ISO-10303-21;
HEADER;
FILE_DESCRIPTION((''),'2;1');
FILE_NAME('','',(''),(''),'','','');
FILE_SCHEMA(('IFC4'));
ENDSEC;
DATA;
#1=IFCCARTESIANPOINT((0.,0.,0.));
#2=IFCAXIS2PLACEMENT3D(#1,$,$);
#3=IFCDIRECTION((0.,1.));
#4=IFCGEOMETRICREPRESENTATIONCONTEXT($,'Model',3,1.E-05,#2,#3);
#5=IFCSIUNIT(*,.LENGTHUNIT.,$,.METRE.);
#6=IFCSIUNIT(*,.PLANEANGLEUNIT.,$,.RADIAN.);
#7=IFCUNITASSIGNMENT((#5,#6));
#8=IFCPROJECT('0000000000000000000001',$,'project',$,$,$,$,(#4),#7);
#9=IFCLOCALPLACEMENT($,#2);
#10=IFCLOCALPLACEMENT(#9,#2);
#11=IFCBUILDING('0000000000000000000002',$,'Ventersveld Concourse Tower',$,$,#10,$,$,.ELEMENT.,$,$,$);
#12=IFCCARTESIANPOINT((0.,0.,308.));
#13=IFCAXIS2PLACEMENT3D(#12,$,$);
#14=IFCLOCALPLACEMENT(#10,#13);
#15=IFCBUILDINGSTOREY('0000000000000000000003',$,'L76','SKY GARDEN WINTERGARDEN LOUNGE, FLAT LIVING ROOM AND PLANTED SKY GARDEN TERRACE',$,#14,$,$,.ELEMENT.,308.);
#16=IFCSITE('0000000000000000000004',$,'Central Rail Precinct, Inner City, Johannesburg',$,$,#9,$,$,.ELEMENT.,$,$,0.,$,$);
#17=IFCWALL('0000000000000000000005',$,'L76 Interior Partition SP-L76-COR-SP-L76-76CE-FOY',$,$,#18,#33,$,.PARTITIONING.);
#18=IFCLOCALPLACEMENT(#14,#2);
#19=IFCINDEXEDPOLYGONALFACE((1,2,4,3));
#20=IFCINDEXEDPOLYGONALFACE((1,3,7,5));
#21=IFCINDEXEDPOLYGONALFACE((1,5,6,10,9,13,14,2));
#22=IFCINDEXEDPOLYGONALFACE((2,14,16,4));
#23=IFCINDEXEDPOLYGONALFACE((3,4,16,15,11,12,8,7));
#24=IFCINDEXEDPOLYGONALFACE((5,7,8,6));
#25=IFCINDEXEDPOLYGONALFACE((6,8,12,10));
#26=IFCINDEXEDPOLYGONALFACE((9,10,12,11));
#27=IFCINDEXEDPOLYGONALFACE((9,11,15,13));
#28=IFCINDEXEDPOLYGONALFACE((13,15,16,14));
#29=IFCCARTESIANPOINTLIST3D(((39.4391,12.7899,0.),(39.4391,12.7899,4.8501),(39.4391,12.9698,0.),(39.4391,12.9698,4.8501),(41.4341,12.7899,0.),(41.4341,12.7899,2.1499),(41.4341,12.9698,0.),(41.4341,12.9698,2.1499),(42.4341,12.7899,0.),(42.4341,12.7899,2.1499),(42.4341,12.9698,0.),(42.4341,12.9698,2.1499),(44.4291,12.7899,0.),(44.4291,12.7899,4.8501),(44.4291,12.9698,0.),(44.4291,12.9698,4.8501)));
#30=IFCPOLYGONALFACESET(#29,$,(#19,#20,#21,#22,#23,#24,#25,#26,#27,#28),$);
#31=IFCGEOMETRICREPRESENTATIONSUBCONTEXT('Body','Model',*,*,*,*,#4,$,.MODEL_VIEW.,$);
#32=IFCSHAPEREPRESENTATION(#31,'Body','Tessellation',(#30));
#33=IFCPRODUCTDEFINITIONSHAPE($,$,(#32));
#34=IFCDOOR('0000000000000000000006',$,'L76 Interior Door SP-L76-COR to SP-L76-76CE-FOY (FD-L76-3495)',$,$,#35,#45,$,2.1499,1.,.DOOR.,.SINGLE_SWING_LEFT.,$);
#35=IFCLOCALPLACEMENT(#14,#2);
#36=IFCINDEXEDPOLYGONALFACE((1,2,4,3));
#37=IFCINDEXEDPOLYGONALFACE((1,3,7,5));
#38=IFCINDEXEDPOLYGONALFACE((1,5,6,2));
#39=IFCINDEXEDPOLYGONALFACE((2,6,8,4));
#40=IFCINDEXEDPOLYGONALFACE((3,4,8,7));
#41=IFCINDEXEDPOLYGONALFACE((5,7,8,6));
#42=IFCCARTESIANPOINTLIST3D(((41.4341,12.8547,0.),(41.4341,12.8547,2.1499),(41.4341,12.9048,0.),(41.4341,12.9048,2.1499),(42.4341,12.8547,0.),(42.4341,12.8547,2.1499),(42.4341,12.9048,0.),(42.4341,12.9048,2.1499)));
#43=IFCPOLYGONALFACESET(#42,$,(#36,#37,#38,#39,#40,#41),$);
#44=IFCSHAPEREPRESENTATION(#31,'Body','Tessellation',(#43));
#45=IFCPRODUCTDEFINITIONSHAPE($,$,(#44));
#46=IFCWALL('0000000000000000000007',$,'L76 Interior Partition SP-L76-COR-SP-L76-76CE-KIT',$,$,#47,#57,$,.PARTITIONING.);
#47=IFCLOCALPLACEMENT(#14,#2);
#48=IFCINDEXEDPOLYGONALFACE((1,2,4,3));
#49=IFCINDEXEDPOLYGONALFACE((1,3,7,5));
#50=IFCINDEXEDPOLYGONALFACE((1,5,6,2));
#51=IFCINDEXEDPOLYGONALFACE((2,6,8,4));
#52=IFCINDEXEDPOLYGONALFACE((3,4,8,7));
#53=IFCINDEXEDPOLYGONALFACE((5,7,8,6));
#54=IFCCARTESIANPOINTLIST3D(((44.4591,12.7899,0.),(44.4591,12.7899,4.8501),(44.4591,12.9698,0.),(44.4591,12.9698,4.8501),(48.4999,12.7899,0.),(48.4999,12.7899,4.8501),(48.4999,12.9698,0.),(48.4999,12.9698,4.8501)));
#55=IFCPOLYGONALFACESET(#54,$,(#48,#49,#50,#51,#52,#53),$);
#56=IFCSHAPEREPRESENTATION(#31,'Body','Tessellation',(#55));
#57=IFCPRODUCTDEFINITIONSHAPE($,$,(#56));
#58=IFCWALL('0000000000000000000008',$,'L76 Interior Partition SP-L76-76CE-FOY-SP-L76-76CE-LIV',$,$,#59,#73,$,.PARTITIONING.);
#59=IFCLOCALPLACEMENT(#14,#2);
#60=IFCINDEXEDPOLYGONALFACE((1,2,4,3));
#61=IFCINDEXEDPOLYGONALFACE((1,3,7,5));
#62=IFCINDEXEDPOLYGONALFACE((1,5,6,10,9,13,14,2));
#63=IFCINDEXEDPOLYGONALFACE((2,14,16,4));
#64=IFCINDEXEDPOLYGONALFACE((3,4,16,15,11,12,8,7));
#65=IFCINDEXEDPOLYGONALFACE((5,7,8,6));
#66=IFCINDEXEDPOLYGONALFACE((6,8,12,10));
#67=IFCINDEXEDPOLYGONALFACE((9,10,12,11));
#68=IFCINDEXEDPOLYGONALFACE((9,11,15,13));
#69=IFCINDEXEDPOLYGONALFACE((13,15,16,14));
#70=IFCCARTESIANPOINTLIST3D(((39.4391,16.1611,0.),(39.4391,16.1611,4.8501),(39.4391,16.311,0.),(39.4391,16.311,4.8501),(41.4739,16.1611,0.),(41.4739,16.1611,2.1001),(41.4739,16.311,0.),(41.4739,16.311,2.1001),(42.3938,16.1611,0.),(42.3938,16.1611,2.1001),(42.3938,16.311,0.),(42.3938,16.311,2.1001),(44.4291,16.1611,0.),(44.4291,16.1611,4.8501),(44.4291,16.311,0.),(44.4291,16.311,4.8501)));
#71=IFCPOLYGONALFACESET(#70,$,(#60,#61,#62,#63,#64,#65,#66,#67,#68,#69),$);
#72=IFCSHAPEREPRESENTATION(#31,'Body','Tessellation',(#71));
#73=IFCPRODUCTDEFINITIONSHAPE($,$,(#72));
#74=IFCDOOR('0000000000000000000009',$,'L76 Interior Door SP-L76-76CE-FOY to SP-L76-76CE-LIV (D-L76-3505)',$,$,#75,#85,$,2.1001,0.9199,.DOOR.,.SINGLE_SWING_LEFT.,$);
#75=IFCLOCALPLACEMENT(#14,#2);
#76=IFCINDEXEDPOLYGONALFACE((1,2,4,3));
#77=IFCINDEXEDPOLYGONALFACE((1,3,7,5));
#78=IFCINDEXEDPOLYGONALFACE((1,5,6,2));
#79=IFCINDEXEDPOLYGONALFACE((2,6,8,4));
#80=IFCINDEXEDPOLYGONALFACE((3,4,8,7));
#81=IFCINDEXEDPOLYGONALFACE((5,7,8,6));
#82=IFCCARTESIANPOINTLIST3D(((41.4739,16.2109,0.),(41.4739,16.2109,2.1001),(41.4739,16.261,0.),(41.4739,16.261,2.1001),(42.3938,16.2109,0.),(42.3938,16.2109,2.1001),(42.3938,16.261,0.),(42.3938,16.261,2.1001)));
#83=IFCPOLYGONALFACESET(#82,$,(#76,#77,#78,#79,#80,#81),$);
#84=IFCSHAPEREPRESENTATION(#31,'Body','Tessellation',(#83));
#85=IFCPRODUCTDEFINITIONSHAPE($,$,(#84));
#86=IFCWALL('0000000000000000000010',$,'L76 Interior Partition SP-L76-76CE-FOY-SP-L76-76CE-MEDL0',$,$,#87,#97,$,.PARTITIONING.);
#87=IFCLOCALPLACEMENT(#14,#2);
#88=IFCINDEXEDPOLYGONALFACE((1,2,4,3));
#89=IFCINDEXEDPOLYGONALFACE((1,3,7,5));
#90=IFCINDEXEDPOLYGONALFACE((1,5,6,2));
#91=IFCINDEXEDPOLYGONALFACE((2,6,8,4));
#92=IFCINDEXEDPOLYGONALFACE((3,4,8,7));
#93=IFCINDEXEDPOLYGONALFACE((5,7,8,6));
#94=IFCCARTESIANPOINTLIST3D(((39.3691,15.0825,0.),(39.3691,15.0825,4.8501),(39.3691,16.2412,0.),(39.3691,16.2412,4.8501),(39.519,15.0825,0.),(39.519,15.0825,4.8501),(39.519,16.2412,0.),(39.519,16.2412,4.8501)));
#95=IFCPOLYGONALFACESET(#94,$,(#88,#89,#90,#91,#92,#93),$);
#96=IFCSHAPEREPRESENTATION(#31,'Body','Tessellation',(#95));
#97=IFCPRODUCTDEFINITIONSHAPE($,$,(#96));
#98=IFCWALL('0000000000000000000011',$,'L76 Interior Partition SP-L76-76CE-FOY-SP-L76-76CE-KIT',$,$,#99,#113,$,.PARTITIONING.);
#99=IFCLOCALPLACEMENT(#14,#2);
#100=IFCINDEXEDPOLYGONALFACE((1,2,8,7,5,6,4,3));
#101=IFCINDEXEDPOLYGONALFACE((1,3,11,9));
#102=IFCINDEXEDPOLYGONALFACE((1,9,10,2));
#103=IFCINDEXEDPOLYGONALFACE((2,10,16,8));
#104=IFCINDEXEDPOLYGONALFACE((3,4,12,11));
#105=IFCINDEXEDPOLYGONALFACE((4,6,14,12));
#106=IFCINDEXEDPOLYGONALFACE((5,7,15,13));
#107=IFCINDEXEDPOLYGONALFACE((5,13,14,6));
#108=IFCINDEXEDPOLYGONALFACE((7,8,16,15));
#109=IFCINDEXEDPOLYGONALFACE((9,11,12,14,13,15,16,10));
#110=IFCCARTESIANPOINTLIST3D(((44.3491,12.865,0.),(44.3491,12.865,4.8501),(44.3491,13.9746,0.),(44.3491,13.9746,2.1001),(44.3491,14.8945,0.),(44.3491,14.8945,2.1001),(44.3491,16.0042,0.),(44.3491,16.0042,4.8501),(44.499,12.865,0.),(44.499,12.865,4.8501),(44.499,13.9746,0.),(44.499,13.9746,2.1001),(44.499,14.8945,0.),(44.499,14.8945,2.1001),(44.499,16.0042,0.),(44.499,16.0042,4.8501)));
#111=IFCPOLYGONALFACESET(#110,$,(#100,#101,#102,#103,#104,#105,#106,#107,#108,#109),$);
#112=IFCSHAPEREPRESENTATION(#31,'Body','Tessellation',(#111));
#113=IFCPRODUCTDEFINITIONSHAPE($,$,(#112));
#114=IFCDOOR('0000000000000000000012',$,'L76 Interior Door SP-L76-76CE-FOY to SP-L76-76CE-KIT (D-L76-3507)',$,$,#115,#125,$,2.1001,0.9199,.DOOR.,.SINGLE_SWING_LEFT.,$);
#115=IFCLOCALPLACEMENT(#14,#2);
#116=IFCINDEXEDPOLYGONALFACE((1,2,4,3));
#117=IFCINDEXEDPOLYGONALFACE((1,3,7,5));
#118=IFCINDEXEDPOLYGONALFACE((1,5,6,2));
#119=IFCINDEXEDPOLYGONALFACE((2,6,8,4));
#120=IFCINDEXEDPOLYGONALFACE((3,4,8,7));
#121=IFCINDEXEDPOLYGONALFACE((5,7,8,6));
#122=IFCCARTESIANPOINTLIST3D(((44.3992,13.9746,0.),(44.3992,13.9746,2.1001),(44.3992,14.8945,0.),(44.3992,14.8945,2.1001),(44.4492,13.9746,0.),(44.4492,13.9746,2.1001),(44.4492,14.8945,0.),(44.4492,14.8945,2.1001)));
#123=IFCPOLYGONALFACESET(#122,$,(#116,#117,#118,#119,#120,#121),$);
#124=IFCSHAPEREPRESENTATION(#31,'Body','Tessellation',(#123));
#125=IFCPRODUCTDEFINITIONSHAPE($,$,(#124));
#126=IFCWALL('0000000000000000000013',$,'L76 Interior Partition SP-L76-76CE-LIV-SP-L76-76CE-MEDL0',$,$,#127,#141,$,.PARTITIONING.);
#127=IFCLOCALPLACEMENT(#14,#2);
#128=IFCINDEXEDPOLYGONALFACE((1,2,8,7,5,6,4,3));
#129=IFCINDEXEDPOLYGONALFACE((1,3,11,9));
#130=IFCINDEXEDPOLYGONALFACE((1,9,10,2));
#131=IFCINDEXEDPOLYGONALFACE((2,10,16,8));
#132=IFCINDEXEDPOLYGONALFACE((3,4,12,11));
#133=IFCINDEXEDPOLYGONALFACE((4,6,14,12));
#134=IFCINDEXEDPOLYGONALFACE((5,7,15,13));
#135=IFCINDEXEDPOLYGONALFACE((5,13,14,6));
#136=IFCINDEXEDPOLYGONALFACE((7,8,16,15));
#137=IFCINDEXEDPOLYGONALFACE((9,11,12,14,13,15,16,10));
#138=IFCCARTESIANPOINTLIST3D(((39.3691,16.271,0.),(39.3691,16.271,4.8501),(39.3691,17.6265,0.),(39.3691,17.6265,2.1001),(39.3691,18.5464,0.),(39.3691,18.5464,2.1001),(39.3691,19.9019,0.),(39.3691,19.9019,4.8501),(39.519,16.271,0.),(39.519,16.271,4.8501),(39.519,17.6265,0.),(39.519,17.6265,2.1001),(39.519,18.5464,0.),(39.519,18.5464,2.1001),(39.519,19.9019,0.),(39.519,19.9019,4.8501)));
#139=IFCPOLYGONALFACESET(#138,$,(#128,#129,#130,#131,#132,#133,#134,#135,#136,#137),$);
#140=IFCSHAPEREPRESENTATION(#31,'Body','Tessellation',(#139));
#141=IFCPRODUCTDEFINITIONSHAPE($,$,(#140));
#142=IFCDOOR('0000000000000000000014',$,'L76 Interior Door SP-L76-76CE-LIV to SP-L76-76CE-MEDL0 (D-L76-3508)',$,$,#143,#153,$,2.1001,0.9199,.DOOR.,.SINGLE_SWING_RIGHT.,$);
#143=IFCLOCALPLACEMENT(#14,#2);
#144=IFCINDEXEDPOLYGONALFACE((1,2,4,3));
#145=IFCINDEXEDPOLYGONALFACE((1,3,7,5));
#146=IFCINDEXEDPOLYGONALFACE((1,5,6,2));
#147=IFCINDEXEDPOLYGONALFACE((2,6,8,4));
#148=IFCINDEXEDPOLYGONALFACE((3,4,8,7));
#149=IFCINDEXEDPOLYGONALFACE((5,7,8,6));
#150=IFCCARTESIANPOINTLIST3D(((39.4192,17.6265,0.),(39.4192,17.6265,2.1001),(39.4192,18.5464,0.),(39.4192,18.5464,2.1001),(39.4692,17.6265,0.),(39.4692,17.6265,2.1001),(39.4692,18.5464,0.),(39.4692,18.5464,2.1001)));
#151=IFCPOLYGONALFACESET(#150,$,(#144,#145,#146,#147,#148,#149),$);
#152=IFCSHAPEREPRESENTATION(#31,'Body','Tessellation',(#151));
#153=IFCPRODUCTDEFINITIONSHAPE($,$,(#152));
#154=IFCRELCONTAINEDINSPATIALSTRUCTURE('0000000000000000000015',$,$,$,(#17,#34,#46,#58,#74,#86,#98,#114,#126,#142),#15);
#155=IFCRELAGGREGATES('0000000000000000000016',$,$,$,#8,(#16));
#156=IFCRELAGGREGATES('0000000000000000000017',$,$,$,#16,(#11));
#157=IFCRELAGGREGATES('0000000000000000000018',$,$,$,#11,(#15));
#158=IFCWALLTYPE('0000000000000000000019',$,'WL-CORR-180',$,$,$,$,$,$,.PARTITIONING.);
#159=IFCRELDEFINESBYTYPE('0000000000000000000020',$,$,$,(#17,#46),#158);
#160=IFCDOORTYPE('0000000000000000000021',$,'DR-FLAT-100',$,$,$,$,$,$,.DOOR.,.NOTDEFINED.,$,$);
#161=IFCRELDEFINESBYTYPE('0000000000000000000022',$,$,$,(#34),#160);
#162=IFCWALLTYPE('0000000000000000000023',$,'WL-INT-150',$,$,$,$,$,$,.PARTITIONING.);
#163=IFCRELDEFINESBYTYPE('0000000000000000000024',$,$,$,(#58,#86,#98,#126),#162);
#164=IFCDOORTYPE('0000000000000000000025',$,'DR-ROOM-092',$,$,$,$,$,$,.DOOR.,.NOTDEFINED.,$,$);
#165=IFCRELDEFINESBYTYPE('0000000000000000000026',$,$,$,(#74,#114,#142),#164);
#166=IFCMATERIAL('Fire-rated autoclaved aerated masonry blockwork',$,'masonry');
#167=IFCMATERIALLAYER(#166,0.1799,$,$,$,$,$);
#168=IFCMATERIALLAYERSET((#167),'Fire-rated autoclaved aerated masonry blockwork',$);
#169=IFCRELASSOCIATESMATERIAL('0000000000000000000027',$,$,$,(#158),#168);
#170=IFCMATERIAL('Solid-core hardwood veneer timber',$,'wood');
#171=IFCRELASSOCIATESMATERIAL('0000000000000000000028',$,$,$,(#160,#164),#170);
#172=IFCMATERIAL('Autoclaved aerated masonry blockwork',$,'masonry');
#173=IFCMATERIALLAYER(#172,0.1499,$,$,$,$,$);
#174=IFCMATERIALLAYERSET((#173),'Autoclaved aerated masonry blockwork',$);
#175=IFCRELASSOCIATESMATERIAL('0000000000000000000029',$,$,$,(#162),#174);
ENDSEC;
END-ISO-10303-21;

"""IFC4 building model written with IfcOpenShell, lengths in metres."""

from ifc_helpers import new_model, si_unit, direction, frame, frame_2d, origin, place, context, subcontext, project, spatial, rectangle, extrude, material, layer, layer_set, type_object, element, fill, save


model = new_model("IFC4")

# Units and contexts
model_context = context("Model", 3, precision=1e-05, world=origin(), true_north=direction((0.0, 1.0)))
body_context = subcontext(model_context, "Body", "Model", "MODEL_VIEW")
ifc_project = project(units=[si_unit("LENGTHUNIT", "METRE"), si_unit("PLANEANGLEUNIT", "RADIAN")], contexts=[model_context])

# Site, building, storey
site_placement = place(None, origin())
site = spatial("IfcSite", under=ifc_project, at=site_placement, Name="Central Rail Precinct, Inner City, Johannesburg", CompositionType="ELEMENT", RefElevation=0.0)
building_placement = place(site_placement, origin())
building = spatial("IfcBuilding", under=site, at=building_placement, Name="Ventersveld Concourse Tower", CompositionType="ELEMENT")
storey_placement = place(building_placement, frame((0.0, 0.0, 308.0)))
storey = spatial("IfcBuildingStorey", under=building, at=storey_placement, Name="L76", Description="SKY GARDEN WINTERGARDEN LOUNGE, FLAT LIVING ROOM AND PLANTED SKY GARDEN TERRACE", CompositionType="ELEMENT", Elevation=308.0)

# Wall, opening, door
ifc_material_1 = material(Name="Fire-rated autoclaved aerated masonry blockwork", Category="masonry")
ifc_layer_1 = layer(ifc_material_1, 0.1799)
ifc_layer_set_1 = layer_set([ifc_layer_1], Name="Fire-rated autoclaved aerated masonry blockwork")
wall_type_1 = type_object("IfcWallType", Name="WL-CORR-180", PredefinedType="PARTITIONING", material=ifc_layer_set_1)
ifc_material_2 = material(Name="Solid-core hardwood veneer timber", Category="wood")
door_type_1 = type_object("IfcDoorType", Name="DR-FLAT-100", OperationType="NOTDEFINED", PredefinedType="DOOR", material=ifc_material_2)
wall_1_placement = place(storey_placement, frame((39.439, 12.8799, 0.0), z_axis=(0.0, 0.0, 1.0), x_axis=(1.0, 0.0, 0.0)))
wall_1 = element("IfcWall", 1, at=wall_1_placement, inside=storey, type_object=wall_type_1, Name="L76 Interior Partition SP-L76-COR-SP-L76-76CE-FOY", PredefinedType="PARTITIONING", context=body_context, shape_type="SweptSolid", body=[
    extrude(rectangle(XDim=4.99, YDim=0.1799, at=frame_2d((2.4951, 0.0))), origin(), (0.0, 0.0, 1.0), 4.8501),
])
opening_1_placement = place(wall_1_placement, frame((1.9951, 0.0, 0.0)))
opening_1 = element("IfcOpeningElement", 2, at=opening_1_placement, cuts=wall_1, PredefinedType="OPENING", context=body_context, shape_type="SweptSolid", body=[
    extrude(rectangle(XDim=1.0, YDim=2.1499, at=frame_2d((0.5, 1.075))), frame((0.0, 0.1001, 0.0), z_axis=(0.0, -1.0, 0.0), x_axis=(1.0, 0.0, 0.0)), (0.0, 0.0, 1.0), 0.2),
])
door_1_placement = place(opening_1_placement, origin())
door_1 = element("IfcDoor", 3, at=door_1_placement, inside=storey, type_object=door_type_1, Name="L76 Interior Door SP-L76-COR to SP-L76-76CE-FOY (FD-L76-3495)", OperationType="SINGLE_SWING_LEFT", OverallHeight=2.1499, OverallWidth=1.0, PredefinedType="DOOR", context=body_context, shape_type="SweptSolid", body=[
    extrude(rectangle(XDim=1.0, YDim=2.1499, at=frame_2d((0.5, 1.075))), frame((0.0, 0.0249, 0.0), z_axis=(0.0, -1.0, 0.0), x_axis=(1.0, 0.0, 0.0)), (0.0, 0.0, 1.0), 0.05),
])
fill(opening_1, door_1)

# Wall
wall_2_placement = place(storey_placement, frame((44.459, 12.8799, 0.0), z_axis=(0.0, 0.0, 1.0), x_axis=(1.0, 0.0, 0.0)))
element("IfcWall", 4, at=wall_2_placement, inside=storey, type_object=wall_type_1, Name="L76 Interior Partition SP-L76-COR-SP-L76-76CE-KIT", PredefinedType="PARTITIONING", context=body_context, shape_type="SweptSolid", body=[
    extrude(rectangle(XDim=4.0408, YDim=0.1799, at=frame_2d((2.0205, 0.0))), origin(), (0.0, 0.0, 1.0), 4.8501),
])

# Wall, opening, door
ifc_material_3 = material(Name="Autoclaved aerated masonry blockwork", Category="masonry")
ifc_layer_2 = layer(ifc_material_3, 0.1499)
ifc_layer_set_2 = layer_set([ifc_layer_2], Name="Autoclaved aerated masonry blockwork")
wall_type_2 = type_object("IfcWallType", Name="WL-INT-150", PredefinedType="PARTITIONING", material=ifc_layer_set_2)
wall_3_placement = place(storey_placement, frame((39.439, 16.2361, 0.0), z_axis=(0.0, 0.0, 1.0), x_axis=(1.0, 0.0, 0.0)))
wall_3 = element("IfcWall", 5, at=wall_3_placement, inside=storey, type_object=wall_type_2, Name="L76 Interior Partition SP-L76-76CE-FOY-SP-L76-76CE-LIV", PredefinedType="PARTITIONING", context=body_context, shape_type="SweptSolid", body=[
    extrude(rectangle(XDim=4.99, YDim=0.1499, at=frame_2d((2.4951, 0.0))), origin(), (0.0, 0.0, 1.0), 4.8501),
])
opening_2_placement = place(wall_3_placement, frame((2.0349, 0.0, 0.0)))
opening_2 = element("IfcOpeningElement", 6, at=opening_2_placement, cuts=wall_3, PredefinedType="OPENING", context=body_context, shape_type="SweptSolid", body=[
    extrude(rectangle(XDim=0.9199, YDim=2.1001, at=frame_2d((0.46, 1.05))), frame((0.0, 0.085, 0.0), z_axis=(0.0, -1.0, 0.0), x_axis=(1.0, 0.0, 0.0)), (0.0, 0.0, 1.0), 0.1699),
])
door_type_2 = type_object("IfcDoorType", Name="DR-ROOM-092", OperationType="NOTDEFINED", PredefinedType="DOOR", material=ifc_material_2)
door_2_placement = place(opening_2_placement, origin())
door_2 = element("IfcDoor", 7, at=door_2_placement, inside=storey, type_object=door_type_2, Name="L76 Interior Door SP-L76-76CE-FOY to SP-L76-76CE-LIV (D-L76-3505)", OperationType="SINGLE_SWING_LEFT", OverallHeight=2.1001, OverallWidth=0.9199, PredefinedType="DOOR", context=body_context, shape_type="SweptSolid", body=[
    extrude(rectangle(XDim=0.9199, YDim=2.1001, at=frame_2d((0.46, 1.05))), frame((0.0, 0.0249, 0.0), z_axis=(0.0, -1.0, 0.0), x_axis=(1.0, 0.0, 0.0)), (0.0, 0.0, 1.0), 0.05),
])
fill(opening_2, door_2)

# Wall
wall_4_placement = place(storey_placement, frame((39.4441, 15.0825, 0.0), z_axis=(0.0, 0.0, 1.0), x_axis=(0.0, 1.0, 0.0)))
element("IfcWall", 8, at=wall_4_placement, inside=storey, type_object=wall_type_2, Name="L76 Interior Partition SP-L76-76CE-FOY-SP-L76-76CE-MEDL0", PredefinedType="PARTITIONING", context=body_context, shape_type="SweptSolid", body=[
    extrude(rectangle(XDim=1.1587, YDim=0.1499, at=frame_2d((0.5793, 0.0))), origin(), (0.0, 0.0, 1.0), 4.8501),
])

# Walls, openings, doors
wall_5_placement = place(storey_placement, frame((44.4241, 12.865, 0.0), z_axis=(0.0, 0.0, 1.0), x_axis=(0.0, 1.0, 0.0)))
wall_5 = element("IfcWall", 9, at=wall_5_placement, inside=storey, type_object=wall_type_2, Name="L76 Interior Partition SP-L76-76CE-FOY-SP-L76-76CE-KIT", PredefinedType="PARTITIONING", context=body_context, shape_type="SweptSolid", body=[
    extrude(rectangle(XDim=3.1392, YDim=0.1499, at=frame_2d((1.5696, 0.0))), origin(), (0.0, 0.0, 1.0), 4.8501),
])
opening_3_placement = place(wall_5_placement, frame((1.1096, 0.0, 0.0)))
opening_3 = element("IfcOpeningElement", 10, at=opening_3_placement, cuts=wall_5, PredefinedType="OPENING", context=body_context, shape_type="SweptSolid", body=[
    extrude(rectangle(XDim=0.9199, YDim=2.1001, at=frame_2d((0.46, 1.05))), frame((0.0, 0.085, 0.0), z_axis=(0.0, -1.0, 0.0), x_axis=(1.0, 0.0, 0.0)), (0.0, 0.0, 1.0), 0.1699),
])
door_3_placement = place(opening_3_placement, origin())
door_3 = element("IfcDoor", 11, at=door_3_placement, inside=storey, type_object=door_type_2, Name="L76 Interior Door SP-L76-76CE-FOY to SP-L76-76CE-KIT (D-L76-3507)", OperationType="SINGLE_SWING_LEFT", OverallHeight=2.1001, OverallWidth=0.9199, PredefinedType="DOOR", context=body_context, shape_type="SweptSolid", body=[
    extrude(rectangle(XDim=0.9199, YDim=2.1001, at=frame_2d((0.46, 1.05))), frame((0.0, 0.0249, 0.0), z_axis=(0.0, -1.0, 0.0), x_axis=(1.0, 0.0, 0.0)), (0.0, 0.0, 1.0), 0.05),
])
fill(opening_3, door_3)
wall_6_placement = place(storey_placement, frame((39.4441, 16.271, 0.0), z_axis=(0.0, 0.0, 1.0), x_axis=(0.0, 1.0, 0.0)))
wall_6 = element("IfcWall", 12, at=wall_6_placement, inside=storey, type_object=wall_type_2, Name="L76 Interior Partition SP-L76-76CE-LIV-SP-L76-76CE-MEDL0", PredefinedType="PARTITIONING", context=body_context, shape_type="SweptSolid", body=[
    extrude(rectangle(XDim=3.6309, YDim=0.1499, at=frame_2d((1.8154, 0.0))), origin(), (0.0, 0.0, 1.0), 4.8501),
])
opening_4_placement = place(wall_6_placement, frame((1.3555, 0.0, 0.0)))
opening_4 = element("IfcOpeningElement", 13, at=opening_4_placement, cuts=wall_6, PredefinedType="OPENING", context=body_context, shape_type="SweptSolid", body=[
    extrude(rectangle(XDim=0.9199, YDim=2.1001, at=frame_2d((0.46, 1.05))), frame((0.0, 0.085, 0.0), z_axis=(0.0, -1.0, 0.0), x_axis=(1.0, 0.0, 0.0)), (0.0, 0.0, 1.0), 0.1699),
])
door_4_placement = place(opening_4_placement, origin())
door_4 = element("IfcDoor", 14, at=door_4_placement, inside=storey, type_object=door_type_2, Name="L76 Interior Door SP-L76-76CE-LIV to SP-L76-76CE-MEDL0 (D-L76-3508)", OperationType="SINGLE_SWING_RIGHT", OverallHeight=2.1001, OverallWidth=0.9199, PredefinedType="DOOR", context=body_context, shape_type="SweptSolid", body=[
    extrude(rectangle(XDim=0.9199, YDim=2.1001, at=frame_2d((0.46, 1.05))), frame((0.0, 0.0249, 0.0), z_axis=(0.0, -1.0, 0.0), x_axis=(1.0, 0.0, 0.0)), (0.0, 0.0, 1.0), 0.05),
])
fill(opening_4, door_4)

save(model, "model.ifc")
